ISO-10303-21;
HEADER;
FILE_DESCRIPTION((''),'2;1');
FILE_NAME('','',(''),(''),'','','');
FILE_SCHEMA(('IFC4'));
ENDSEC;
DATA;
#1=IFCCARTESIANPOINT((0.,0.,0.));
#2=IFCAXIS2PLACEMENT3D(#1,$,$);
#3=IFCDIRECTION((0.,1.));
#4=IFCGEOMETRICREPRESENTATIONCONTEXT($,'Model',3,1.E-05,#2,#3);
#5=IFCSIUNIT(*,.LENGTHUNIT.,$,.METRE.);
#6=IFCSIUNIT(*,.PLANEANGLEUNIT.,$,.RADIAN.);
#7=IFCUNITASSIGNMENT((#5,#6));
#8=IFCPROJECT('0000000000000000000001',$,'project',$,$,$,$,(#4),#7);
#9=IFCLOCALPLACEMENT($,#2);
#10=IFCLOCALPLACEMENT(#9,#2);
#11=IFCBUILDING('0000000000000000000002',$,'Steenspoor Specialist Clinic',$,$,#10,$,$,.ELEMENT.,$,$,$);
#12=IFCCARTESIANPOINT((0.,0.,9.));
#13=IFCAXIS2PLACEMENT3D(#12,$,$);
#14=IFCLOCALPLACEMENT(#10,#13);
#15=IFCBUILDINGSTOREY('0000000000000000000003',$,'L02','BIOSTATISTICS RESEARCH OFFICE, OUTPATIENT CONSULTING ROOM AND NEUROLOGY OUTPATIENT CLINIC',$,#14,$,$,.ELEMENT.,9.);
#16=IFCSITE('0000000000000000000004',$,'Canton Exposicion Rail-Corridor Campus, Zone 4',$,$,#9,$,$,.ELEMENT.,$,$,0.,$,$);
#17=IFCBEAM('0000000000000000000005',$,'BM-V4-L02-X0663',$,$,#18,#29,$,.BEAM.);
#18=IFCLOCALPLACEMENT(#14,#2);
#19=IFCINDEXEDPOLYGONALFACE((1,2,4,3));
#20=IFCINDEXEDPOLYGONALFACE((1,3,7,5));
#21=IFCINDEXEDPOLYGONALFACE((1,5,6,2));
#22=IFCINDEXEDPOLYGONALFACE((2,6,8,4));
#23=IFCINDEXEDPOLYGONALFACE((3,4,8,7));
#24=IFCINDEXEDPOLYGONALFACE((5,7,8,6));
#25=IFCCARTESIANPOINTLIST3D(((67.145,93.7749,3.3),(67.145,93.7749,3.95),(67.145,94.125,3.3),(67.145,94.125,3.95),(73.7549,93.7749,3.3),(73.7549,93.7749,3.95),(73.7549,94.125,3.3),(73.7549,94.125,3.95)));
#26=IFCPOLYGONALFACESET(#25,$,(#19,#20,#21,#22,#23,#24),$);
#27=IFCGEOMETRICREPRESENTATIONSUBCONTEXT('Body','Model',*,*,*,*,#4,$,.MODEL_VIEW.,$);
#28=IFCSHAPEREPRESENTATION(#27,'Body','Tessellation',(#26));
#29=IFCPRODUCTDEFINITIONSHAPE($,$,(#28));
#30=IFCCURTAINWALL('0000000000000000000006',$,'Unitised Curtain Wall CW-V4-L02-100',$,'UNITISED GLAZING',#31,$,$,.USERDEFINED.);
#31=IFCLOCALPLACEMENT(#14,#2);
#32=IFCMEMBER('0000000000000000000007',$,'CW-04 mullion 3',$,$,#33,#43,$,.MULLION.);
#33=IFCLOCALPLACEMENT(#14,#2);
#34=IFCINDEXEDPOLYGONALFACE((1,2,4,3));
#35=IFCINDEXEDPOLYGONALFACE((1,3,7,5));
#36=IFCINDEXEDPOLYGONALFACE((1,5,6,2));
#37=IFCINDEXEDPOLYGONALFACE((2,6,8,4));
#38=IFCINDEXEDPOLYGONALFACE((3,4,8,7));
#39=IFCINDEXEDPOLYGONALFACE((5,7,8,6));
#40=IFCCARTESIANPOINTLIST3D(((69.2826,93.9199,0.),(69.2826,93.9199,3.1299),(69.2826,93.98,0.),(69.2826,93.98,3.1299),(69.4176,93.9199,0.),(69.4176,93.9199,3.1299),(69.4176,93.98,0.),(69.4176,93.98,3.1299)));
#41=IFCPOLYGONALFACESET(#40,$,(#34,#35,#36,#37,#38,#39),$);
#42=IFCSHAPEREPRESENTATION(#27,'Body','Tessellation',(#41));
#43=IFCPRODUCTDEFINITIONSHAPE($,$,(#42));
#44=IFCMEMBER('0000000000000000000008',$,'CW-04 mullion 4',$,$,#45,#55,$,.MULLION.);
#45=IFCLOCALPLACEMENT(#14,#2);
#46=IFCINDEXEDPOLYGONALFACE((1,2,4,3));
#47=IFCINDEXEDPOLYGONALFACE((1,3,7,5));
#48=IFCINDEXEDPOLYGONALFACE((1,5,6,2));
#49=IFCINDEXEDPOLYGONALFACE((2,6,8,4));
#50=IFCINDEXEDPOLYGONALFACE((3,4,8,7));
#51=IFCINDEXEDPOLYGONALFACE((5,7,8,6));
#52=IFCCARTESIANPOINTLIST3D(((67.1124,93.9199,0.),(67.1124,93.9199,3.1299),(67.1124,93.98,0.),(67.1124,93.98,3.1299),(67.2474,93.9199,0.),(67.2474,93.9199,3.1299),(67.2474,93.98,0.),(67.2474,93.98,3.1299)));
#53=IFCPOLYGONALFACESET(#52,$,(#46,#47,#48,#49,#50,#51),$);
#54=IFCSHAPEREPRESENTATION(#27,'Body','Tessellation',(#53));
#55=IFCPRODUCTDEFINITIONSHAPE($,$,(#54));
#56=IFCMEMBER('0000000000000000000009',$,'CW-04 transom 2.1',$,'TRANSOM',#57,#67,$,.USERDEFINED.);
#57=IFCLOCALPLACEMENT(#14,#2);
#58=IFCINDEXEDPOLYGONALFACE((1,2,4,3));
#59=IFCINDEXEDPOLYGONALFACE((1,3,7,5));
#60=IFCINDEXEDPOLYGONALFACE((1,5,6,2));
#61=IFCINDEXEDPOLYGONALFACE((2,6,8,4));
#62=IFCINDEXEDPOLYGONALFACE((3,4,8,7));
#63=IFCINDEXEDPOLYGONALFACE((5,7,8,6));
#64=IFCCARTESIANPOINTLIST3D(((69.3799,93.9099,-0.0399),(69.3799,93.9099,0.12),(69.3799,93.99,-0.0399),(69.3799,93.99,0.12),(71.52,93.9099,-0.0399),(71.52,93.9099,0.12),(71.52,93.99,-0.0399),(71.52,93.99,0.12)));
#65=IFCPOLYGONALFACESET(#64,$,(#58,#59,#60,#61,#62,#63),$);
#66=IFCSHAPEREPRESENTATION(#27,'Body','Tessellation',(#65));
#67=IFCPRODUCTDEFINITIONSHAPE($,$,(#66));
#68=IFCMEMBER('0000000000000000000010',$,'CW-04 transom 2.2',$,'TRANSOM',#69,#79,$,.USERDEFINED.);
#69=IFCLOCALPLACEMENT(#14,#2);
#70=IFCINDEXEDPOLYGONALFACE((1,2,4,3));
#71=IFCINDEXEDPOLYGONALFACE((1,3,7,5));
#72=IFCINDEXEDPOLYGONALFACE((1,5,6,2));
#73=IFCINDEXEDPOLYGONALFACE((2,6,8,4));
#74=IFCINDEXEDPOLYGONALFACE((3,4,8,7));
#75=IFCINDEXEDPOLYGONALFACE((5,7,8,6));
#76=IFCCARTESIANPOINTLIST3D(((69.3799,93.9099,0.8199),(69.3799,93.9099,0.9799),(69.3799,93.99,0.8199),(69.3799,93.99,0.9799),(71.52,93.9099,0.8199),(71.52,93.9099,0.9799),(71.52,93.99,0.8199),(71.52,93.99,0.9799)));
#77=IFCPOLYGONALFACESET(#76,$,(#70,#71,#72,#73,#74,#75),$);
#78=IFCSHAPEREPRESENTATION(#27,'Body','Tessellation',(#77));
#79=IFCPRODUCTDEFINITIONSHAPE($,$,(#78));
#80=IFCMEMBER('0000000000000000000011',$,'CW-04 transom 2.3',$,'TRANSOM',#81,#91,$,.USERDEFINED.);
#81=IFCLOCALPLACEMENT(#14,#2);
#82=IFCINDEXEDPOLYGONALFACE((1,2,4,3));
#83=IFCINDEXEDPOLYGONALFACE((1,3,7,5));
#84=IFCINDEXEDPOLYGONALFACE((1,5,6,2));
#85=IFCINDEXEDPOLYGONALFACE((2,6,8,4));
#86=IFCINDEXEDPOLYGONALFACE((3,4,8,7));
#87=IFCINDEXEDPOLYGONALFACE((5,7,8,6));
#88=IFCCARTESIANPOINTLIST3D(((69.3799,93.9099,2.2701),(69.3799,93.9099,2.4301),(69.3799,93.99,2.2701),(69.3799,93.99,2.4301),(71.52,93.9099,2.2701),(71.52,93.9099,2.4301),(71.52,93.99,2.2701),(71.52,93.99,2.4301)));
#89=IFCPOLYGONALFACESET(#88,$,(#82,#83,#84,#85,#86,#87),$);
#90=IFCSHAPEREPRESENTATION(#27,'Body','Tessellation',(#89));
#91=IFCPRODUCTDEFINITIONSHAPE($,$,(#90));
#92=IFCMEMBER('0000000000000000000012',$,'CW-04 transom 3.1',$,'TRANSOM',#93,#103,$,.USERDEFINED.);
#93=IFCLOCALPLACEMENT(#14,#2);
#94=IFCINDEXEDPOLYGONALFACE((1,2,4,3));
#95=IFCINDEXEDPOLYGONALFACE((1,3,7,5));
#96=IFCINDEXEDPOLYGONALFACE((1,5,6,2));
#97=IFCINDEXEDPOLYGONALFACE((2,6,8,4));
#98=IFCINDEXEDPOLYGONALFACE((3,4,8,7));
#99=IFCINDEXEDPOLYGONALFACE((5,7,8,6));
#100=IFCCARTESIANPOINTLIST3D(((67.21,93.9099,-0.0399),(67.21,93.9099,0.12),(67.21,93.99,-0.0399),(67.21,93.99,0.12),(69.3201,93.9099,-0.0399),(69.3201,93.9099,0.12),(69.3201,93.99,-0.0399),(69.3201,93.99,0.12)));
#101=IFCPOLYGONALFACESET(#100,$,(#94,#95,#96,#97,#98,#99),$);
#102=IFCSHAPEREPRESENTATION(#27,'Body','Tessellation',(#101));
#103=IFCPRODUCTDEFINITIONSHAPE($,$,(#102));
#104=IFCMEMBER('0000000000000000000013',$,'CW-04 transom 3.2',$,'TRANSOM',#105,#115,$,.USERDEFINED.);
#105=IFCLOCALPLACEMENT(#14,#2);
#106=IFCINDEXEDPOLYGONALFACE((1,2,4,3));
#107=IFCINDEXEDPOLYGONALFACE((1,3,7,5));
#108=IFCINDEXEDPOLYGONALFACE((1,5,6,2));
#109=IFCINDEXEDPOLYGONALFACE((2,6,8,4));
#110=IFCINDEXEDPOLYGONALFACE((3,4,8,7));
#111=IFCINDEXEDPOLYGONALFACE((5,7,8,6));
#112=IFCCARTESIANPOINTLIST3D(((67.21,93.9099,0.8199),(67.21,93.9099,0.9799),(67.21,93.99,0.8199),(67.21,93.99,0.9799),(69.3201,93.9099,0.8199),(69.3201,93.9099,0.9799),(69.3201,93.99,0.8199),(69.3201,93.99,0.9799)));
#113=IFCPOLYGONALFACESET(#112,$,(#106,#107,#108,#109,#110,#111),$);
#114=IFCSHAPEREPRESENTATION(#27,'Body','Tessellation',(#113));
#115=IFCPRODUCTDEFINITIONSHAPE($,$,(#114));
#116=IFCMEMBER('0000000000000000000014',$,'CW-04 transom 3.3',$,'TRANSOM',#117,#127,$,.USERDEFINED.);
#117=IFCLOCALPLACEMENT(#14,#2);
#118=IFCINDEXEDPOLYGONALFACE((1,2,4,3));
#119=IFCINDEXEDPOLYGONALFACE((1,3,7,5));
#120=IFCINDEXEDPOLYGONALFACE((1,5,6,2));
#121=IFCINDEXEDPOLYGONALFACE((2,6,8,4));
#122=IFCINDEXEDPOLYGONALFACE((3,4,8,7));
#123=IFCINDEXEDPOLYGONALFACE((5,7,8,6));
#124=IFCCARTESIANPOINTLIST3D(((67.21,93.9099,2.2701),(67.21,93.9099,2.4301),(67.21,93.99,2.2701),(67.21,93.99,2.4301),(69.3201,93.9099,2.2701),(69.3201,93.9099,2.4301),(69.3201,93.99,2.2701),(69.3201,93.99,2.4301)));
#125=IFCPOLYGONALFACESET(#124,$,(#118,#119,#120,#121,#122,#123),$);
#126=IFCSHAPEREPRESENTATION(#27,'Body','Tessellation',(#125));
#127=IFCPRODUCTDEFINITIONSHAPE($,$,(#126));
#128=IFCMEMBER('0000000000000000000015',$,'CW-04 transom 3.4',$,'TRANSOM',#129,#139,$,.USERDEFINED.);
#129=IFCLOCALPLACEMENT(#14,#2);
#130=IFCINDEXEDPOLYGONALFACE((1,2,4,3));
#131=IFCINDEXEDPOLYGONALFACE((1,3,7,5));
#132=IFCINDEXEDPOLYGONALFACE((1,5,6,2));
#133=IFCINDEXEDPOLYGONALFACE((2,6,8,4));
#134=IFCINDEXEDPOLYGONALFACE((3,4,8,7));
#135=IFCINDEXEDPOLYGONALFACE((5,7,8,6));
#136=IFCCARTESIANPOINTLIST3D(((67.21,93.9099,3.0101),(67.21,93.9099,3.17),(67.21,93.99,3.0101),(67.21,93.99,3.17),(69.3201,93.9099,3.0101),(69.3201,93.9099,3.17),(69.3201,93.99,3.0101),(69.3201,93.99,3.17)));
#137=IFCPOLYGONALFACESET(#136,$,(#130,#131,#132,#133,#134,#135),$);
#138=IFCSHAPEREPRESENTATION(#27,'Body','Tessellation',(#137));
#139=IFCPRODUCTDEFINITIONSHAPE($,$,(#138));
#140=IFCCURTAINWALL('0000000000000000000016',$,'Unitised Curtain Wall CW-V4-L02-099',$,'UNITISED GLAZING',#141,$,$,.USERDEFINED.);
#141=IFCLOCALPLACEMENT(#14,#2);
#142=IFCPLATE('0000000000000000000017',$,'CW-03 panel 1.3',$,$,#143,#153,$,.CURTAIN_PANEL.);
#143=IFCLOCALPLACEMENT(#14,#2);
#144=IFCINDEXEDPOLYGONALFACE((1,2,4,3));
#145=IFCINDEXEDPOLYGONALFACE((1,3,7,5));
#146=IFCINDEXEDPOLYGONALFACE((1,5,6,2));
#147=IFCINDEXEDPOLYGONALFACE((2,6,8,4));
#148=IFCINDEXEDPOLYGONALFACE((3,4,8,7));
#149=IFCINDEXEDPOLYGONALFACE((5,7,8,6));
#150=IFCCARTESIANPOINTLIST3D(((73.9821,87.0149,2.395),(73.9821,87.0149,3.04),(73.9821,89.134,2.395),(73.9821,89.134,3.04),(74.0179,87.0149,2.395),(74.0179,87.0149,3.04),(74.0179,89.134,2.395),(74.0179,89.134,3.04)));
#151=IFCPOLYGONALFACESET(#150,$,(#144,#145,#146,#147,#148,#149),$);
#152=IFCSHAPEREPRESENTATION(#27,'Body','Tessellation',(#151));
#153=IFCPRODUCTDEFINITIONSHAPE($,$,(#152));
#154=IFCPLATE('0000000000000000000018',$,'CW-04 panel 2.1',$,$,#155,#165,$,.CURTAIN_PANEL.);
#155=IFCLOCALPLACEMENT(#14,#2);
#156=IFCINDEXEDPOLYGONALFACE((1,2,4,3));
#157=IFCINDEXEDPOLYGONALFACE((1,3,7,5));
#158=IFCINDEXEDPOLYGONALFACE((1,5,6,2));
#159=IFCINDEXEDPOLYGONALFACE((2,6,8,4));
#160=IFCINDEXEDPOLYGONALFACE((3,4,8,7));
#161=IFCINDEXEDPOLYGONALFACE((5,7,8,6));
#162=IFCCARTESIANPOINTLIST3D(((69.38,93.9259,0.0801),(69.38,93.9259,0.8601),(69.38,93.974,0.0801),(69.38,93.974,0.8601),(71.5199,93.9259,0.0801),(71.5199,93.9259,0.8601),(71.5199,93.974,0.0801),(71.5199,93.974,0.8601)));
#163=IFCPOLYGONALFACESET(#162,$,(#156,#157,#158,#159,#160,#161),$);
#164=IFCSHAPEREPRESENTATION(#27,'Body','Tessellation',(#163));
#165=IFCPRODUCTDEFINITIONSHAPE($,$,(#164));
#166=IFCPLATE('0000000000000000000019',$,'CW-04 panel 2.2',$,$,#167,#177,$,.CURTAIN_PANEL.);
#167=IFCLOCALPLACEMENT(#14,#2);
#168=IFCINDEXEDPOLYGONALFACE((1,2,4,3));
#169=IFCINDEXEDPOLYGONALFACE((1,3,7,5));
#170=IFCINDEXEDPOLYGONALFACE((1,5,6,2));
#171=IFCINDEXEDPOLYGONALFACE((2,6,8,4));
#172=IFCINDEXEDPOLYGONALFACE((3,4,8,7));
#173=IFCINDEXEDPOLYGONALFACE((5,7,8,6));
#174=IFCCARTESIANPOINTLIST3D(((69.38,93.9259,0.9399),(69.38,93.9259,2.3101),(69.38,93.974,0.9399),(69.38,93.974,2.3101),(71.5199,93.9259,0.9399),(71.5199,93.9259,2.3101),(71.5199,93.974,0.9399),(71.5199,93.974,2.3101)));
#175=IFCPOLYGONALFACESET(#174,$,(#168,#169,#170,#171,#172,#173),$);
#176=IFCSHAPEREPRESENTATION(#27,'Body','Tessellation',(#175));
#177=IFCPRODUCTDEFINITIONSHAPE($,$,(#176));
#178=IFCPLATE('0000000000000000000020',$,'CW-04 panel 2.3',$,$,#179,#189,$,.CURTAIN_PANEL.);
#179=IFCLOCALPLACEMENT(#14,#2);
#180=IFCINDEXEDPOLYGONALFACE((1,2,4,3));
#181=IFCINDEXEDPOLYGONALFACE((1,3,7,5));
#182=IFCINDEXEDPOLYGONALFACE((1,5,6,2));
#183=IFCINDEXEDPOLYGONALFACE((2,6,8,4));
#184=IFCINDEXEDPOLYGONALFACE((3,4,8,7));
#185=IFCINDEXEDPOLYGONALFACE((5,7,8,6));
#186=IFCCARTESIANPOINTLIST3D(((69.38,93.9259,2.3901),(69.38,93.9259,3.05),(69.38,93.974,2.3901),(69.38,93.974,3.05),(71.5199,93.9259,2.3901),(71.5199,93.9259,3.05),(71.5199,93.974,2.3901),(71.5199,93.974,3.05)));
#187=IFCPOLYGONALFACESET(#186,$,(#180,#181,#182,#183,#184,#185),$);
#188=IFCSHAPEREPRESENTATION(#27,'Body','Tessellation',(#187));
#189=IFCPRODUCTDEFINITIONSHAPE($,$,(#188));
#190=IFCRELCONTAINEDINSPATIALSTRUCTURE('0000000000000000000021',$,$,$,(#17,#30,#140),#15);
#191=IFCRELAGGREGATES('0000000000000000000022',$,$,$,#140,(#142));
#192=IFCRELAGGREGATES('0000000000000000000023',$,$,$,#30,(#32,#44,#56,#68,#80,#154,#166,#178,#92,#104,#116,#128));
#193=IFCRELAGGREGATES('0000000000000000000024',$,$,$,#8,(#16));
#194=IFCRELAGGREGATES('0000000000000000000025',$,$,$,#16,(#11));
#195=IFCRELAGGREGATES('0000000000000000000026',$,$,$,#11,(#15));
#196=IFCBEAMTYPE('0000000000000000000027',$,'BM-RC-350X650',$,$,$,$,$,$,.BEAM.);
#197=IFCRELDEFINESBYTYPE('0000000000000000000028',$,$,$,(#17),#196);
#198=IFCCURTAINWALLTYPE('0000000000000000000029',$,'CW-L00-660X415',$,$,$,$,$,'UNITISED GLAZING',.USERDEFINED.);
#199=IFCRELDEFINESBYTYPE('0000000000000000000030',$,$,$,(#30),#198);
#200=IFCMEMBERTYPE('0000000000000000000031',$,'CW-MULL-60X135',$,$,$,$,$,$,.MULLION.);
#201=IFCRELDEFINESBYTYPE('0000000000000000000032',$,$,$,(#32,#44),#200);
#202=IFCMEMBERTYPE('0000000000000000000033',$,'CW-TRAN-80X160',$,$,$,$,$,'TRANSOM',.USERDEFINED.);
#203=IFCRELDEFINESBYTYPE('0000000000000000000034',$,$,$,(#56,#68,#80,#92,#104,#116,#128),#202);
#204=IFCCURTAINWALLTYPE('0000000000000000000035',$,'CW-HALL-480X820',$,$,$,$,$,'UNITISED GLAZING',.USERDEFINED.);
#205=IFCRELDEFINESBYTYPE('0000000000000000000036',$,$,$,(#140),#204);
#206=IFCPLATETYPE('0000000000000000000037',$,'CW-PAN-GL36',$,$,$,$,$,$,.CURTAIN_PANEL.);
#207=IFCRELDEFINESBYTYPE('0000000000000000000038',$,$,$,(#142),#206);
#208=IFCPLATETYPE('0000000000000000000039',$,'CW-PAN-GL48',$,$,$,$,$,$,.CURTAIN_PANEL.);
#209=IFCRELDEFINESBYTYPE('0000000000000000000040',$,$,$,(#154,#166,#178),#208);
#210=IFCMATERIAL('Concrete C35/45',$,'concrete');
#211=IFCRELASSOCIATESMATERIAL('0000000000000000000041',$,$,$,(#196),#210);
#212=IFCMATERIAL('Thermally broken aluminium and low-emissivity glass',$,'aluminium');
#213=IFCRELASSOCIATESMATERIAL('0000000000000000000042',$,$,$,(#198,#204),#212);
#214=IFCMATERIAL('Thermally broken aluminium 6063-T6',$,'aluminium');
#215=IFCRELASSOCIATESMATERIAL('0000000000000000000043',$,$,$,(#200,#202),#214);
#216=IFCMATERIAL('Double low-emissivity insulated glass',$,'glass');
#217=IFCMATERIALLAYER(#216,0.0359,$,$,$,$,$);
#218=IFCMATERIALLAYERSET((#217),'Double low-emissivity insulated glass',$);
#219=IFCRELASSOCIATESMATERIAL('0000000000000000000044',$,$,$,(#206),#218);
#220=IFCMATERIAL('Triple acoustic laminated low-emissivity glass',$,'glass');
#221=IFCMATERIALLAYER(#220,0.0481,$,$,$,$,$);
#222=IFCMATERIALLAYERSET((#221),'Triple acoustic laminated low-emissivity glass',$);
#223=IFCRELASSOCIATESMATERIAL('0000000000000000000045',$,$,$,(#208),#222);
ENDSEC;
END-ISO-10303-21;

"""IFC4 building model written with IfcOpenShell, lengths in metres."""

from ifc_helpers import new_model, si_unit, direction, frame, origin, origin_2d, place, context, subcontext, project, spatial, rectangle, extrude, material, layer, layer_set, material_profile, profile_set, type_object, element, aggregate, save


model = new_model("IFC4")

# Units and contexts
model_context = context("Model", 3, precision=1e-05, world=origin(), true_north=direction((0.0, 1.0)))
body_context = subcontext(model_context, "Body", "Model", "MODEL_VIEW")
ifc_project = project(units=[si_unit("LENGTHUNIT", "METRE"), si_unit("PLANEANGLEUNIT", "RADIAN")], contexts=[model_context])

# Site, building, storey
site_placement = place(None, origin())
site = spatial("IfcSite", under=ifc_project, at=site_placement, Name="Canton Exposicion Rail-Corridor Campus, Zone 4", CompositionType="ELEMENT", RefElevation=0.0)
building_placement = place(site_placement, origin())
building = spatial("IfcBuilding", under=site, at=building_placement, Name="Steenspoor Specialist Clinic", CompositionType="ELEMENT")
storey_placement = place(building_placement, frame((0.0, 0.0, 9.0)))
storey = spatial("IfcBuildingStorey", under=building, at=storey_placement, Name="L02", Description="BIOSTATISTICS RESEARCH OFFICE, OUTPATIENT CONSULTING ROOM AND NEUROLOGY OUTPATIENT CLINIC", CompositionType="ELEMENT", Elevation=9.0)

# Beam
ifc_material_1 = material(Name="Concrete C35/45", Category="concrete")
ifc_material_profile_1 = material_profile(ifc_material_1, rectangle(XDim=0.3501, YDim=0.6499, at=origin_2d()), Name="RC-BM-350X650")
ifc_profile_set_1 = profile_set([ifc_material_profile_1], Name="Concrete C35/45")
beam_type = type_object("IfcBeamType", Name="BM-RC-350X650", PredefinedType="BEAM", material=ifc_profile_set_1)
beam_placement = place(storey_placement, frame((67.145, 93.95, 3.625), z_axis=(1.0, 0.0, 0.0), x_axis=(0.0, 1.0, 0.0)))
element("IfcBeam", 1, at=beam_placement, inside=storey, type_object=beam_type, Name="BM-V4-L02-X0663", PredefinedType="BEAM", context=body_context, shape_type="SweptSolid", body=[
    extrude(rectangle(XDim=0.3501, YDim=0.6499, at=origin_2d()), origin(), (0.0, 0.0, 1.0), 6.6099),
])

# Curtain wall, members
ifc_material_2 = material(Name="Thermally broken aluminium and low-emissivity glass", Category="aluminium")
curtain_wall_type_1 = type_object("IfcCurtainWallType", Name="CW-L00-660X415", ElementType="UNITISED GLAZING", PredefinedType="USERDEFINED", material=ifc_material_2)
curtain_wall_1_placement = place(storey_placement, origin())
curtain_wall_1 = element("IfcCurtainWall", 2, at=curtain_wall_1_placement, inside=storey, type_object=curtain_wall_type_1, Name="Unitised Curtain Wall CW-V4-L02-100", ObjectType="UNITISED GLAZING", PredefinedType="USERDEFINED")
ifc_material_3 = material(Name="Thermally broken aluminium 6063-T6", Category="aluminium")
ifc_material_profile_2 = material_profile(ifc_material_3, rectangle(XDim=0.0601, YDim=0.135, at=origin_2d()), Name="CWM-60X135")
ifc_profile_set_2 = profile_set([ifc_material_profile_2], Name="Thermally broken aluminium 6063-T6")
member_type_1 = type_object("IfcMemberType", Name="CW-MULL-60X135", PredefinedType="MULLION", material=ifc_profile_set_2)
member_1_placement = place(storey_placement, frame((69.3501, 93.95, 0.0), z_axis=(0.0, 0.0, 1.0), x_axis=(0.0, -1.0, 0.0)))
member_1 = element("IfcMember", 3, at=member_1_placement, type_object=member_type_1, Name="CW-04 mullion 3", PredefinedType="MULLION", context=body_context, shape_type="SweptSolid", body=[
    extrude(rectangle(XDim=0.0601, YDim=0.135, at=origin_2d()), origin(), (0.0, 0.0, 1.0), 3.1299),
])
member_2_placement = place(storey_placement, frame((67.1799, 93.95, 0.0), z_axis=(0.0, 0.0, 1.0), x_axis=(0.0, -1.0, 0.0)))
member_2 = element("IfcMember", 4, at=member_2_placement, type_object=member_type_1, Name="CW-04 mullion 4", PredefinedType="MULLION", context=body_context, shape_type="SweptSolid", body=[
    extrude(rectangle(XDim=0.0601, YDim=0.135, at=origin_2d()), origin(), (0.0, 0.0, 1.0), 3.1299),
])
ifc_material_profile_3 = material_profile(ifc_material_3, rectangle(XDim=0.0801, YDim=0.1599, at=origin_2d()), Name="CWT-80X160")
ifc_profile_set_3 = profile_set([ifc_material_profile_3], Name="Thermally broken aluminium 6063-T6")
member_type_2 = type_object("IfcMemberType", Name="CW-TRAN-80X160", ElementType="TRANSOM", PredefinedType="USERDEFINED", material=ifc_profile_set_3)
member_3_placement = place(storey_placement, frame((71.52, 93.95, 0.04), z_axis=(-1.0, 0.0, 0.0), x_axis=(0.0, -1.0, 0.0)))
member_3 = element("IfcMember", 5, at=member_3_placement, type_object=member_type_2, Name="CW-04 transom 2.1", ObjectType="TRANSOM", PredefinedType="USERDEFINED", context=body_context, shape_type="SweptSolid", body=[
    extrude(rectangle(XDim=0.0801, YDim=0.1599, at=origin_2d()), origin(), (0.0, 0.0, 1.0), 2.1401),
])
member_4_placement = place(storey_placement, frame((71.52, 93.95, 0.8999), z_axis=(-1.0, 0.0, 0.0), x_axis=(0.0, -1.0, 0.0)))
member_4 = element("IfcMember", 6, at=member_4_placement, type_object=member_type_2, Name="CW-04 transom 2.2", ObjectType="TRANSOM", PredefinedType="USERDEFINED", context=body_context, shape_type="SweptSolid", body=[
    extrude(rectangle(XDim=0.0801, YDim=0.1599, at=origin_2d()), origin(), (0.0, 0.0, 1.0), 2.1401),
])
member_5_placement = place(storey_placement, frame((71.52, 93.95, 2.3501), z_axis=(-1.0, 0.0, 0.0), x_axis=(0.0, -1.0, 0.0)))
member_5 = element("IfcMember", 7, at=member_5_placement, type_object=member_type_2, Name="CW-04 transom 2.3", ObjectType="TRANSOM", PredefinedType="USERDEFINED", context=body_context, shape_type="SweptSolid", body=[
    extrude(rectangle(XDim=0.0801, YDim=0.1599, at=origin_2d()), origin(), (0.0, 0.0, 1.0), 2.1401),
])
member_6_placement = place(storey_placement, frame((69.3201, 93.95, 0.04), z_axis=(-1.0, 0.0, 0.0), x_axis=(0.0, -1.0, 0.0)))
member_6 = element("IfcMember", 8, at=member_6_placement, type_object=member_type_2, Name="CW-04 transom 3.1", ObjectType="TRANSOM", PredefinedType="USERDEFINED", context=body_context, shape_type="SweptSolid", body=[
    extrude(rectangle(XDim=0.0801, YDim=0.1599, at=origin_2d()), origin(), (0.0, 0.0, 1.0), 2.1101),
])
member_7_placement = place(storey_placement, frame((69.3201, 93.95, 0.8999), z_axis=(-1.0, 0.0, 0.0), x_axis=(0.0, -1.0, 0.0)))
member_7 = element("IfcMember", 9, at=member_7_placement, type_object=member_type_2, Name="CW-04 transom 3.2", ObjectType="TRANSOM", PredefinedType="USERDEFINED", context=body_context, shape_type="SweptSolid", body=[
    extrude(rectangle(XDim=0.0801, YDim=0.1599, at=origin_2d()), origin(), (0.0, 0.0, 1.0), 2.1101),
])
member_8_placement = place(storey_placement, frame((69.3201, 93.95, 2.3501), z_axis=(-1.0, 0.0, 0.0), x_axis=(0.0, -1.0, 0.0)))
member_8 = element("IfcMember", 10, at=member_8_placement, type_object=member_type_2, Name="CW-04 transom 3.3", ObjectType="TRANSOM", PredefinedType="USERDEFINED", context=body_context, shape_type="SweptSolid", body=[
    extrude(rectangle(XDim=0.0801, YDim=0.1599, at=origin_2d()), origin(), (0.0, 0.0, 1.0), 2.1101),
])
member_9_placement = place(storey_placement, frame((69.3201, 93.95, 3.0901), z_axis=(-1.0, 0.0, 0.0), x_axis=(0.0, -1.0, 0.0)))
member_9 = element("IfcMember", 11, at=member_9_placement, type_object=member_type_2, Name="CW-04 transom 3.4", ObjectType="TRANSOM", PredefinedType="USERDEFINED", context=body_context, shape_type="SweptSolid", body=[
    extrude(rectangle(XDim=0.0801, YDim=0.1599, at=origin_2d()), origin(), (0.0, 0.0, 1.0), 2.1101),
])

# Curtain wall, plate
curtain_wall_type_2 = type_object("IfcCurtainWallType", Name="CW-HALL-480X820", ElementType="UNITISED GLAZING", PredefinedType="USERDEFINED", material=ifc_material_2)
curtain_wall_2_placement = place(storey_placement, origin())
curtain_wall_2 = element("IfcCurtainWall", 12, at=curtain_wall_2_placement, inside=storey, type_object=curtain_wall_type_2, Name="Unitised Curtain Wall CW-V4-L02-099", ObjectType="UNITISED GLAZING", PredefinedType="USERDEFINED")
ifc_material_4 = material(Name="Double low-emissivity insulated glass", Category="glass")
ifc_layer_1 = layer(ifc_material_4, 0.0359)
ifc_layer_set_1 = layer_set([ifc_layer_1], Name="Double low-emissivity insulated glass")
plate_type_1 = type_object("IfcPlateType", Name="CW-PAN-GL36", PredefinedType="CURTAIN_PANEL", material=ifc_layer_set_1)
plate_1_placement = place(storey_placement, frame((74.0, 88.0745, 2.395), z_axis=(0.0, 0.0, 1.0), x_axis=(0.0, 1.0, 0.0)))
plate_1 = element("IfcPlate", 13, at=plate_1_placement, type_object=plate_type_1, Name="CW-03 panel 1.3", PredefinedType="CURTAIN_PANEL", context=body_context, shape_type="SweptSolid", body=[
    extrude(rectangle(XDim=2.1191, YDim=0.0359, at=origin_2d()), origin(), (0.0, 0.0, 1.0), 0.645),
])
aggregate(curtain_wall_2, [plate_1])

# Plates
ifc_material_5 = material(Name="Triple acoustic laminated low-emissivity glass", Category="glass")
ifc_layer_2 = layer(ifc_material_5, 0.0481)
ifc_layer_set_2 = layer_set([ifc_layer_2], Name="Triple acoustic laminated low-emissivity glass")
plate_type_2 = type_object("IfcPlateType", Name="CW-PAN-GL48", PredefinedType="CURTAIN_PANEL", material=ifc_layer_set_2)
plate_2_placement = place(storey_placement, frame((70.45, 93.95, 0.0801), z_axis=(0.0, 0.0, 1.0), x_axis=(-1.0, 0.0, 0.0)))
plate_2 = element("IfcPlate", 14, at=plate_2_placement, type_object=plate_type_2, Name="CW-04 panel 2.1", PredefinedType="CURTAIN_PANEL", context=body_context, shape_type="SweptSolid", body=[
    extrude(rectangle(XDim=2.1399, YDim=0.0481, at=origin_2d()), origin(), (0.0, 0.0, 1.0), 0.78),
])
plate_3_placement = place(storey_placement, frame((70.45, 93.95, 0.9399), z_axis=(0.0, 0.0, 1.0), x_axis=(-1.0, 0.0, 0.0)))
plate_3 = element("IfcPlate", 15, at=plate_3_placement, type_object=plate_type_2, Name="CW-04 panel 2.2", PredefinedType="CURTAIN_PANEL", context=body_context, shape_type="SweptSolid", body=[
    extrude(rectangle(XDim=2.1399, YDim=0.0481, at=origin_2d()), origin(), (0.0, 0.0, 1.0), 1.3701),
])
plate_4_placement = place(storey_placement, frame((70.45, 93.95, 2.3901), z_axis=(0.0, 0.0, 1.0), x_axis=(-1.0, 0.0, 0.0)))
plate_4 = element("IfcPlate", 16, at=plate_4_placement, type_object=plate_type_2, Name="CW-04 panel 2.3", PredefinedType="CURTAIN_PANEL", context=body_context, shape_type="SweptSolid", body=[
    extrude(rectangle(XDim=2.1399, YDim=0.0481, at=origin_2d()), origin(), (0.0, 0.0, 1.0), 0.6599),
])
aggregate(curtain_wall_1, [member_1, member_2, member_3, member_4, member_5, plate_2, plate_3, plate_4, member_6, member_7, member_8, member_9])

save(model, "model.ifc")
